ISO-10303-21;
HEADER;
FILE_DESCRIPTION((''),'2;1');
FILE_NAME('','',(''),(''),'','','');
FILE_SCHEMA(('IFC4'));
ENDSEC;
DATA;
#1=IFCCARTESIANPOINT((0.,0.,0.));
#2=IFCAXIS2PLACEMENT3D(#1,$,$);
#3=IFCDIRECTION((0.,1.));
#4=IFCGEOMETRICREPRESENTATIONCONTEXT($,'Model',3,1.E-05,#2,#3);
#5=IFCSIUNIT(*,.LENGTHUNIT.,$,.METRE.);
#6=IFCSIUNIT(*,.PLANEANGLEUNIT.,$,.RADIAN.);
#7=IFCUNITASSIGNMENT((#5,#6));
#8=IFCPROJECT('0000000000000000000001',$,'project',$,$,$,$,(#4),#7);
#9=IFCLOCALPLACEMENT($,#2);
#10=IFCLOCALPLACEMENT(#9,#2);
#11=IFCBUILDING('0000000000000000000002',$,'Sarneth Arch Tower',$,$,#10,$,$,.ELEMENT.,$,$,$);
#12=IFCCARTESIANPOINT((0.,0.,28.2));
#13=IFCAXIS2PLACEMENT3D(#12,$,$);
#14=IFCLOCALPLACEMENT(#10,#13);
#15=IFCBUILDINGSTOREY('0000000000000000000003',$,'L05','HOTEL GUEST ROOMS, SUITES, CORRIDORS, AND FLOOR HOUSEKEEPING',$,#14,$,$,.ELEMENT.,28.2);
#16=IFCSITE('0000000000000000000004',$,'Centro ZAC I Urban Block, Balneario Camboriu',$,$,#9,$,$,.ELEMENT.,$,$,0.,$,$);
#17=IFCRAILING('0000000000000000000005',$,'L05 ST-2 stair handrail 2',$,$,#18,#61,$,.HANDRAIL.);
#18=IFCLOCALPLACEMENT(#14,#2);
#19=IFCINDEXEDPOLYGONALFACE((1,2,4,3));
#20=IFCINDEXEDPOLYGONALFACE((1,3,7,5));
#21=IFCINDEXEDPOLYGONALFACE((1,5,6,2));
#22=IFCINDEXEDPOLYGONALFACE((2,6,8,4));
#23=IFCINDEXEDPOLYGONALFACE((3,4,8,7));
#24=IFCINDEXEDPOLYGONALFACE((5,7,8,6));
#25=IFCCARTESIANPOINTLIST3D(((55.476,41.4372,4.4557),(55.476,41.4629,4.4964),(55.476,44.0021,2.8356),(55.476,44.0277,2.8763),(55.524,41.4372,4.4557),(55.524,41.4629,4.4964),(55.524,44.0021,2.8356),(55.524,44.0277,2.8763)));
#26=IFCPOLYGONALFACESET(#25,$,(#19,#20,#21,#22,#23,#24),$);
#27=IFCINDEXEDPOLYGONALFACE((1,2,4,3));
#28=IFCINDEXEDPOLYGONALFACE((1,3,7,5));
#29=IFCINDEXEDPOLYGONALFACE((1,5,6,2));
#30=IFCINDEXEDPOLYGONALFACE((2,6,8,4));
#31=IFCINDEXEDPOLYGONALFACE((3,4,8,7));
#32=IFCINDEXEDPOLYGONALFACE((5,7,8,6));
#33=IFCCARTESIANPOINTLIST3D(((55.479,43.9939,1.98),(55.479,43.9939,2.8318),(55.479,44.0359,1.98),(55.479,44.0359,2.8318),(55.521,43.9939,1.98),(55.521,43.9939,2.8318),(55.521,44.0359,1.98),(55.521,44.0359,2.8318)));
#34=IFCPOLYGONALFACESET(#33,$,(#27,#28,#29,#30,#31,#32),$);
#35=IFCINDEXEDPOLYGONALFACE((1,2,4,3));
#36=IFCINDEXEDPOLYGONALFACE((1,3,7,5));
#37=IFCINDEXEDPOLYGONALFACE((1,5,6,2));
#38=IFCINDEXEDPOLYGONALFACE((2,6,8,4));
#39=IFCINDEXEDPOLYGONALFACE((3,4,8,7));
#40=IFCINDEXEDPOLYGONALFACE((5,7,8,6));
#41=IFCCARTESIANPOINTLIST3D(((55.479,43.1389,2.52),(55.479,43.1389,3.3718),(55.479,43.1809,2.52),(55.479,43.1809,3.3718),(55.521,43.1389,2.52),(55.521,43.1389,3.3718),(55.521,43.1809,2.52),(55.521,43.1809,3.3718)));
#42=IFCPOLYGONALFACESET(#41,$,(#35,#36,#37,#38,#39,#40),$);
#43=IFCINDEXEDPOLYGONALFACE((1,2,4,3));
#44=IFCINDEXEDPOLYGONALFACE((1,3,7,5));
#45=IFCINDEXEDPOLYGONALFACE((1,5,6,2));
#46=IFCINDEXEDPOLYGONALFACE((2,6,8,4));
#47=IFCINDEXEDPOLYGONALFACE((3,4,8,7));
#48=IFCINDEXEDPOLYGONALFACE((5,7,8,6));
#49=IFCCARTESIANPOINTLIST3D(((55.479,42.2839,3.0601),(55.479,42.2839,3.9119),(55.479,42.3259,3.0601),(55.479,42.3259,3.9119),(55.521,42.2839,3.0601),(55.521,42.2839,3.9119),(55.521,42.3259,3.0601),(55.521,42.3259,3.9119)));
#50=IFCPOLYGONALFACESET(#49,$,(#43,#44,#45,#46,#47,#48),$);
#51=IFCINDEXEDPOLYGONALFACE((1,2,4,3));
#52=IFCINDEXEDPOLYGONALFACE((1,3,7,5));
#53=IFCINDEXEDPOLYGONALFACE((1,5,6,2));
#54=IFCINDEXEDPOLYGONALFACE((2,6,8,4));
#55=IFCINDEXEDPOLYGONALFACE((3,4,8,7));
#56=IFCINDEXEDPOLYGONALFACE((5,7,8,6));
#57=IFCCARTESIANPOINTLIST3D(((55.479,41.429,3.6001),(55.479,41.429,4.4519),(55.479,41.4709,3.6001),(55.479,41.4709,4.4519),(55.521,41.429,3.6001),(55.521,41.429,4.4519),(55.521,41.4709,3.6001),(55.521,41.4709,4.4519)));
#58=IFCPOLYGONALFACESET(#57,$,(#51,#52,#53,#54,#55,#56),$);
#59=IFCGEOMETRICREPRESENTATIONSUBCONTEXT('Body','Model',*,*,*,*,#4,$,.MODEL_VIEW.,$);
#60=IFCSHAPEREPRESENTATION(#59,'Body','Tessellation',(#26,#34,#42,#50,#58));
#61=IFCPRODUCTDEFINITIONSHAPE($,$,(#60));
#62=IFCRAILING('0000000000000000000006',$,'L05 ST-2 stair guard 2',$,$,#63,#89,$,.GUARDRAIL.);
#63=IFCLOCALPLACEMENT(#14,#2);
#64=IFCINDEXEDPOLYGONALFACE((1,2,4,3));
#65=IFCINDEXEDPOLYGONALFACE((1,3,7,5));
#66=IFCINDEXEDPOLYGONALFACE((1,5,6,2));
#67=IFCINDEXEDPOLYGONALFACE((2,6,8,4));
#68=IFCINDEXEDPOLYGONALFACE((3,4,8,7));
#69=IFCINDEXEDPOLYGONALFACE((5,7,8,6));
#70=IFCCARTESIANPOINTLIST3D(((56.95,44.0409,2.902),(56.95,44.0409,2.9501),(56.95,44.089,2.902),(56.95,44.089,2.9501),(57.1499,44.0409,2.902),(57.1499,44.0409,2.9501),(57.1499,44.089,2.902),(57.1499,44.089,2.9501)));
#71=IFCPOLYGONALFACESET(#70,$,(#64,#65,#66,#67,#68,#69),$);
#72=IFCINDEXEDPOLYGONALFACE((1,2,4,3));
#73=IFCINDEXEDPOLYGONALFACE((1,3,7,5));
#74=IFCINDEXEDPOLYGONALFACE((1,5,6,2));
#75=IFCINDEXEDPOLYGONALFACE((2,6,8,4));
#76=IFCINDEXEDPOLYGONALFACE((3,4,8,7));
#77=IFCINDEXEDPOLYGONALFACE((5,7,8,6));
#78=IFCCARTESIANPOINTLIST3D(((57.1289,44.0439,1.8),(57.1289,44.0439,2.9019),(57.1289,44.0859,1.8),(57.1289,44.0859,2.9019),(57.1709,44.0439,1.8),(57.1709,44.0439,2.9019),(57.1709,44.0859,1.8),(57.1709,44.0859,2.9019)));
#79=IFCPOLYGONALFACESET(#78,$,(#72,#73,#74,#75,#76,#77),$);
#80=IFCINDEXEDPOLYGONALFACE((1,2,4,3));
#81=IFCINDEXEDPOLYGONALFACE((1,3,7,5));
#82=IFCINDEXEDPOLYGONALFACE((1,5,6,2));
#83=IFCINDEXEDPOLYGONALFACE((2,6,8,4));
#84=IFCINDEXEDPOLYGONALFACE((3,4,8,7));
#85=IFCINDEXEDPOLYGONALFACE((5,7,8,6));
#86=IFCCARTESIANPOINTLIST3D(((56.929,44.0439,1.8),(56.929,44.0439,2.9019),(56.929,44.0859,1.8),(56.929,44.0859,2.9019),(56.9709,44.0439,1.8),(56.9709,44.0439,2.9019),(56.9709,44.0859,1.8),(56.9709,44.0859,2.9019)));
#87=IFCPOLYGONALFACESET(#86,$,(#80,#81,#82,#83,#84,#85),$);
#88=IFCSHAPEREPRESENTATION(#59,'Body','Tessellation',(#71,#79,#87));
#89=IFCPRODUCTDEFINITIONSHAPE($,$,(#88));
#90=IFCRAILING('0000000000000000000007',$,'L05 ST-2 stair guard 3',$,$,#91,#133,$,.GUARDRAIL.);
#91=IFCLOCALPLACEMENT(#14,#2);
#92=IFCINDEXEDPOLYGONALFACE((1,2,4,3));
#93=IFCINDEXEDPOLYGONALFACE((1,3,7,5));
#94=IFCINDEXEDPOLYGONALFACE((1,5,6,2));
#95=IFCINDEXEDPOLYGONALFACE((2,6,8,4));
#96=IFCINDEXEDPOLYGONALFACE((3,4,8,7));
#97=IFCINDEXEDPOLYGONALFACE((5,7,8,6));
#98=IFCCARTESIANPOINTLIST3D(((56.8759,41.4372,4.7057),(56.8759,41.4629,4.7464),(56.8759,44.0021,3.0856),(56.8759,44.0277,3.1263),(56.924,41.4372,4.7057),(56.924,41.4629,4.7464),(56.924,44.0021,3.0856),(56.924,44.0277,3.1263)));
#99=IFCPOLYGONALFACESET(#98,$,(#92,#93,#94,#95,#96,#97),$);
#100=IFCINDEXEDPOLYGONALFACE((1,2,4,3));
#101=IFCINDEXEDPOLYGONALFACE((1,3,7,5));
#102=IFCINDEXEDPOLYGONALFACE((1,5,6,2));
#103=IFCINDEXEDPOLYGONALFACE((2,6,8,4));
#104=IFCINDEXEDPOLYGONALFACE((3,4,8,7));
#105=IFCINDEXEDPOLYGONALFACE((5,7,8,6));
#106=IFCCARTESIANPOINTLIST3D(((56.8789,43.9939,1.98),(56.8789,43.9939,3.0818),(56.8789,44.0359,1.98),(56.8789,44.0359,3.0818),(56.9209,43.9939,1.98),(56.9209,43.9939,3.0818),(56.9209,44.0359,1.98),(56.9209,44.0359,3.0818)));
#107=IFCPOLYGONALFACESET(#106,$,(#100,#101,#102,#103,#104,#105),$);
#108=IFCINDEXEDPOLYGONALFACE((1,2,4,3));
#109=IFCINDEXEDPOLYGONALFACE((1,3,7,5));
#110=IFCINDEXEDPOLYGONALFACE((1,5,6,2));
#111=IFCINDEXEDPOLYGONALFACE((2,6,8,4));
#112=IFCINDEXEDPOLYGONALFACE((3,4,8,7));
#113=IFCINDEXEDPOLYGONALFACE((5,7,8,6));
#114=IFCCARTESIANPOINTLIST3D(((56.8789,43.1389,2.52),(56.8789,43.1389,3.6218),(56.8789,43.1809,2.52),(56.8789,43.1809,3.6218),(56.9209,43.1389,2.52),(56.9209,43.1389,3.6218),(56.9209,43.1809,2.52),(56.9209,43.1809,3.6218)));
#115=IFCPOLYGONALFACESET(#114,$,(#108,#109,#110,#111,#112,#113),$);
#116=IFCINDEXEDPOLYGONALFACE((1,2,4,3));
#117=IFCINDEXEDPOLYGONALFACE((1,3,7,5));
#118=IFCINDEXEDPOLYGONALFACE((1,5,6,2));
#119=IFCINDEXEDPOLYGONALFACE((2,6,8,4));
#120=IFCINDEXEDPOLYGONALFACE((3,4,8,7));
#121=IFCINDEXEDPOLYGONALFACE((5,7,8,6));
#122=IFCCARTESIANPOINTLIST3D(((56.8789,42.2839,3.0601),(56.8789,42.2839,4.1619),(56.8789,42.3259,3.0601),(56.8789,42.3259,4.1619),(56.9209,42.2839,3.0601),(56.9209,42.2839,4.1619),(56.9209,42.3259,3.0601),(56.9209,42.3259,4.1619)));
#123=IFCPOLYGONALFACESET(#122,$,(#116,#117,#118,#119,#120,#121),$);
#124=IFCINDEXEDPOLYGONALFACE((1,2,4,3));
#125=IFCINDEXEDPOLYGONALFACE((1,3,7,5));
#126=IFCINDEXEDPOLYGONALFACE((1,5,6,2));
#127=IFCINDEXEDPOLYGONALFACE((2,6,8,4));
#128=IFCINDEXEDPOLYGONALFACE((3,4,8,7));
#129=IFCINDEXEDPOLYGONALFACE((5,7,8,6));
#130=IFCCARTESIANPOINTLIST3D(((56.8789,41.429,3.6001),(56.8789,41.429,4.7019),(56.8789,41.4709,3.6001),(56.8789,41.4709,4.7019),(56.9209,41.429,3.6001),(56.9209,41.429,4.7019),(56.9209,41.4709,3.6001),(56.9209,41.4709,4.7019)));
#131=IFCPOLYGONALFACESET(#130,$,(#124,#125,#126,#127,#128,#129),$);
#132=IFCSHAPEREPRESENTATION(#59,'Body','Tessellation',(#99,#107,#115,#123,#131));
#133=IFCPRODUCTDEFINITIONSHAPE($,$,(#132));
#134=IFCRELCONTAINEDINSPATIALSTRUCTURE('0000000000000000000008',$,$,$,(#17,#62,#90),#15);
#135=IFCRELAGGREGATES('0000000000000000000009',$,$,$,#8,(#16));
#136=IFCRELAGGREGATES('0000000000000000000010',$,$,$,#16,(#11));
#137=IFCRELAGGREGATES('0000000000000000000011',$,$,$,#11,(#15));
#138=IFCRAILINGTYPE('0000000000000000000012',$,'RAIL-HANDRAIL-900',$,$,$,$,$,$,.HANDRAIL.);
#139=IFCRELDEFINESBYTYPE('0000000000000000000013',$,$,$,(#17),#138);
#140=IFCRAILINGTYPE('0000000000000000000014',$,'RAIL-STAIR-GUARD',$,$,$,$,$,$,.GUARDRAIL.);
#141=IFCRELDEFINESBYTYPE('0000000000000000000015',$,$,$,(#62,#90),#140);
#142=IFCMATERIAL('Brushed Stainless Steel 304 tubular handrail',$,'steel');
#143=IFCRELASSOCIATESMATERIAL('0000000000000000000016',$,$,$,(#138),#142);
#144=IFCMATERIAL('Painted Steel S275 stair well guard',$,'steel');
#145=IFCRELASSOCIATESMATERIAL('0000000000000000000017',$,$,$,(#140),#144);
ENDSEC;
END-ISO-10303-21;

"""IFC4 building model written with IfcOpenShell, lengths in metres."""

from ifc_helpers import new_model, si_unit, direction, frame, origin, origin_2d, place, context, subcontext, project, spatial, rectangle, extrude, material, type_object, element, save


model = new_model("IFC4")

# Units and contexts
model_context = context("Model", 3, precision=1e-05, world=origin(), true_north=direction((0.0, 1.0)))
body_context = subcontext(model_context, "Body", "Model", "MODEL_VIEW")
ifc_project = project(units=[si_unit("LENGTHUNIT", "METRE"), si_unit("PLANEANGLEUNIT", "RADIAN")], contexts=[model_context])

# Site, building, storey
site_placement = place(None, origin())
site = spatial("IfcSite", under=ifc_project, at=site_placement, Name="Centro ZAC I Urban Block, Balneario Camboriu", CompositionType="ELEMENT", RefElevation=0.0)
building_placement = place(site_placement, origin())
building = spatial("IfcBuilding", under=site, at=building_placement, Name="Sarneth Arch Tower", CompositionType="ELEMENT")
storey_placement = place(building_placement, frame((0.0, 0.0, 28.2)))
storey = spatial("IfcBuildingStorey", under=building, at=storey_placement, Name="L05", Description="HOTEL GUEST ROOMS, SUITES, CORRIDORS, AND FLOOR HOUSEKEEPING", CompositionType="ELEMENT", Elevation=28.2)

# Railings
ifc_material_1 = material(Name="Brushed Stainless Steel 304 tubular handrail", Category="steel")
railing_type_1 = type_object("IfcRailingType", Name="RAIL-HANDRAIL-900", PredefinedType="HANDRAIL", material=ifc_material_1)
railing_1_placement = place(storey_placement, frame((55.5, 44.0149, 1.98)))
element("IfcRailing", 1, at=railing_1_placement, inside=storey, type_object=railing_type_1, Name="L05 ST-2 stair handrail 2", PredefinedType="HANDRAIL", context=body_context, shape_type="SweptSolid", body=[
    extrude(rectangle(XDim=0.0481, YDim=0.0481, at=origin_2d()), frame((0.0, 0.0, 0.876), z_axis=(0.0, -0.845466, 0.534029), x_axis=(1.0, 0.0, 0.0)), (0.0, 0.0, 1.0), 3.0337),
    extrude(rectangle(XDim=0.042, YDim=0.042, at=origin_2d()), origin(), (0.0, 0.0, 1.0), 0.8518),
    extrude(rectangle(XDim=0.042, YDim=0.042, at=origin_2d()), frame((0.0, -0.855, 0.54)), (0.0, 0.0, 1.0), 0.8518),
    extrude(rectangle(XDim=0.042, YDim=0.042, at=origin_2d()), frame((0.0, -1.71, 1.0801)), (0.0, 0.0, 1.0), 0.8518),
    extrude(rectangle(XDim=0.042, YDim=0.042, at=origin_2d()), frame((0.0, -2.5649, 1.6201)), (0.0, 0.0, 1.0), 0.8518),
])
ifc_material_2 = material(Name="Painted Steel S275 stair well guard", Category="steel")
railing_type_2 = type_object("IfcRailingType", Name="RAIL-STAIR-GUARD", PredefinedType="GUARDRAIL", material=ifc_material_2)
railing_2_placement = place(storey_placement, frame((57.1499, 44.0649, 1.8)))
element("IfcRailing", 2, at=railing_2_placement, inside=storey, type_object=railing_type_2, Name="L05 ST-2 stair guard 2", PredefinedType="GUARDRAIL", context=body_context, shape_type="SweptSolid", body=[
    extrude(rectangle(XDim=0.0481, YDim=0.0481, at=origin_2d()), frame((0.0, 0.0, 1.126), z_axis=(-1.0, 0.0, 0.0), x_axis=(0.0, -1.0, 0.0)), (0.0, 0.0, 1.0), 0.2),
    extrude(rectangle(XDim=0.042, YDim=0.042, at=origin_2d()), origin(), (0.0, 0.0, 1.0), 1.1018),
    extrude(rectangle(XDim=0.042, YDim=0.042, at=origin_2d()), frame((-0.2, 0.0, 0.0)), (0.0, 0.0, 1.0), 1.1018),
])
railing_3_placement = place(storey_placement, frame((56.8999, 44.0149, 1.98)))
element("IfcRailing", 3, at=railing_3_placement, inside=storey, type_object=railing_type_2, Name="L05 ST-2 stair guard 3", PredefinedType="GUARDRAIL", context=body_context, shape_type="SweptSolid", body=[
    extrude(rectangle(XDim=0.0481, YDim=0.0481, at=origin_2d()), frame((0.0, 0.0, 1.126), z_axis=(0.0, -0.845466, 0.534029), x_axis=(1.0, 0.0, 0.0)), (0.0, 0.0, 1.0), 3.0337),
    extrude(rectangle(XDim=0.042, YDim=0.042, at=origin_2d()), origin(), (0.0, 0.0, 1.0), 1.1018),
    extrude(rectangle(XDim=0.042, YDim=0.042, at=origin_2d()), frame((0.0, -0.855, 0.54)), (0.0, 0.0, 1.0), 1.1018),
    extrude(rectangle(XDim=0.042, YDim=0.042, at=origin_2d()), frame((0.0, -1.71, 1.0801)), (0.0, 0.0, 1.0), 1.1018),
    extrude(rectangle(XDim=0.042, YDim=0.042, at=origin_2d()), frame((0.0, -2.5649, 1.6201)), (0.0, 0.0, 1.0), 1.1018),
])

save(model, "model.ifc")
